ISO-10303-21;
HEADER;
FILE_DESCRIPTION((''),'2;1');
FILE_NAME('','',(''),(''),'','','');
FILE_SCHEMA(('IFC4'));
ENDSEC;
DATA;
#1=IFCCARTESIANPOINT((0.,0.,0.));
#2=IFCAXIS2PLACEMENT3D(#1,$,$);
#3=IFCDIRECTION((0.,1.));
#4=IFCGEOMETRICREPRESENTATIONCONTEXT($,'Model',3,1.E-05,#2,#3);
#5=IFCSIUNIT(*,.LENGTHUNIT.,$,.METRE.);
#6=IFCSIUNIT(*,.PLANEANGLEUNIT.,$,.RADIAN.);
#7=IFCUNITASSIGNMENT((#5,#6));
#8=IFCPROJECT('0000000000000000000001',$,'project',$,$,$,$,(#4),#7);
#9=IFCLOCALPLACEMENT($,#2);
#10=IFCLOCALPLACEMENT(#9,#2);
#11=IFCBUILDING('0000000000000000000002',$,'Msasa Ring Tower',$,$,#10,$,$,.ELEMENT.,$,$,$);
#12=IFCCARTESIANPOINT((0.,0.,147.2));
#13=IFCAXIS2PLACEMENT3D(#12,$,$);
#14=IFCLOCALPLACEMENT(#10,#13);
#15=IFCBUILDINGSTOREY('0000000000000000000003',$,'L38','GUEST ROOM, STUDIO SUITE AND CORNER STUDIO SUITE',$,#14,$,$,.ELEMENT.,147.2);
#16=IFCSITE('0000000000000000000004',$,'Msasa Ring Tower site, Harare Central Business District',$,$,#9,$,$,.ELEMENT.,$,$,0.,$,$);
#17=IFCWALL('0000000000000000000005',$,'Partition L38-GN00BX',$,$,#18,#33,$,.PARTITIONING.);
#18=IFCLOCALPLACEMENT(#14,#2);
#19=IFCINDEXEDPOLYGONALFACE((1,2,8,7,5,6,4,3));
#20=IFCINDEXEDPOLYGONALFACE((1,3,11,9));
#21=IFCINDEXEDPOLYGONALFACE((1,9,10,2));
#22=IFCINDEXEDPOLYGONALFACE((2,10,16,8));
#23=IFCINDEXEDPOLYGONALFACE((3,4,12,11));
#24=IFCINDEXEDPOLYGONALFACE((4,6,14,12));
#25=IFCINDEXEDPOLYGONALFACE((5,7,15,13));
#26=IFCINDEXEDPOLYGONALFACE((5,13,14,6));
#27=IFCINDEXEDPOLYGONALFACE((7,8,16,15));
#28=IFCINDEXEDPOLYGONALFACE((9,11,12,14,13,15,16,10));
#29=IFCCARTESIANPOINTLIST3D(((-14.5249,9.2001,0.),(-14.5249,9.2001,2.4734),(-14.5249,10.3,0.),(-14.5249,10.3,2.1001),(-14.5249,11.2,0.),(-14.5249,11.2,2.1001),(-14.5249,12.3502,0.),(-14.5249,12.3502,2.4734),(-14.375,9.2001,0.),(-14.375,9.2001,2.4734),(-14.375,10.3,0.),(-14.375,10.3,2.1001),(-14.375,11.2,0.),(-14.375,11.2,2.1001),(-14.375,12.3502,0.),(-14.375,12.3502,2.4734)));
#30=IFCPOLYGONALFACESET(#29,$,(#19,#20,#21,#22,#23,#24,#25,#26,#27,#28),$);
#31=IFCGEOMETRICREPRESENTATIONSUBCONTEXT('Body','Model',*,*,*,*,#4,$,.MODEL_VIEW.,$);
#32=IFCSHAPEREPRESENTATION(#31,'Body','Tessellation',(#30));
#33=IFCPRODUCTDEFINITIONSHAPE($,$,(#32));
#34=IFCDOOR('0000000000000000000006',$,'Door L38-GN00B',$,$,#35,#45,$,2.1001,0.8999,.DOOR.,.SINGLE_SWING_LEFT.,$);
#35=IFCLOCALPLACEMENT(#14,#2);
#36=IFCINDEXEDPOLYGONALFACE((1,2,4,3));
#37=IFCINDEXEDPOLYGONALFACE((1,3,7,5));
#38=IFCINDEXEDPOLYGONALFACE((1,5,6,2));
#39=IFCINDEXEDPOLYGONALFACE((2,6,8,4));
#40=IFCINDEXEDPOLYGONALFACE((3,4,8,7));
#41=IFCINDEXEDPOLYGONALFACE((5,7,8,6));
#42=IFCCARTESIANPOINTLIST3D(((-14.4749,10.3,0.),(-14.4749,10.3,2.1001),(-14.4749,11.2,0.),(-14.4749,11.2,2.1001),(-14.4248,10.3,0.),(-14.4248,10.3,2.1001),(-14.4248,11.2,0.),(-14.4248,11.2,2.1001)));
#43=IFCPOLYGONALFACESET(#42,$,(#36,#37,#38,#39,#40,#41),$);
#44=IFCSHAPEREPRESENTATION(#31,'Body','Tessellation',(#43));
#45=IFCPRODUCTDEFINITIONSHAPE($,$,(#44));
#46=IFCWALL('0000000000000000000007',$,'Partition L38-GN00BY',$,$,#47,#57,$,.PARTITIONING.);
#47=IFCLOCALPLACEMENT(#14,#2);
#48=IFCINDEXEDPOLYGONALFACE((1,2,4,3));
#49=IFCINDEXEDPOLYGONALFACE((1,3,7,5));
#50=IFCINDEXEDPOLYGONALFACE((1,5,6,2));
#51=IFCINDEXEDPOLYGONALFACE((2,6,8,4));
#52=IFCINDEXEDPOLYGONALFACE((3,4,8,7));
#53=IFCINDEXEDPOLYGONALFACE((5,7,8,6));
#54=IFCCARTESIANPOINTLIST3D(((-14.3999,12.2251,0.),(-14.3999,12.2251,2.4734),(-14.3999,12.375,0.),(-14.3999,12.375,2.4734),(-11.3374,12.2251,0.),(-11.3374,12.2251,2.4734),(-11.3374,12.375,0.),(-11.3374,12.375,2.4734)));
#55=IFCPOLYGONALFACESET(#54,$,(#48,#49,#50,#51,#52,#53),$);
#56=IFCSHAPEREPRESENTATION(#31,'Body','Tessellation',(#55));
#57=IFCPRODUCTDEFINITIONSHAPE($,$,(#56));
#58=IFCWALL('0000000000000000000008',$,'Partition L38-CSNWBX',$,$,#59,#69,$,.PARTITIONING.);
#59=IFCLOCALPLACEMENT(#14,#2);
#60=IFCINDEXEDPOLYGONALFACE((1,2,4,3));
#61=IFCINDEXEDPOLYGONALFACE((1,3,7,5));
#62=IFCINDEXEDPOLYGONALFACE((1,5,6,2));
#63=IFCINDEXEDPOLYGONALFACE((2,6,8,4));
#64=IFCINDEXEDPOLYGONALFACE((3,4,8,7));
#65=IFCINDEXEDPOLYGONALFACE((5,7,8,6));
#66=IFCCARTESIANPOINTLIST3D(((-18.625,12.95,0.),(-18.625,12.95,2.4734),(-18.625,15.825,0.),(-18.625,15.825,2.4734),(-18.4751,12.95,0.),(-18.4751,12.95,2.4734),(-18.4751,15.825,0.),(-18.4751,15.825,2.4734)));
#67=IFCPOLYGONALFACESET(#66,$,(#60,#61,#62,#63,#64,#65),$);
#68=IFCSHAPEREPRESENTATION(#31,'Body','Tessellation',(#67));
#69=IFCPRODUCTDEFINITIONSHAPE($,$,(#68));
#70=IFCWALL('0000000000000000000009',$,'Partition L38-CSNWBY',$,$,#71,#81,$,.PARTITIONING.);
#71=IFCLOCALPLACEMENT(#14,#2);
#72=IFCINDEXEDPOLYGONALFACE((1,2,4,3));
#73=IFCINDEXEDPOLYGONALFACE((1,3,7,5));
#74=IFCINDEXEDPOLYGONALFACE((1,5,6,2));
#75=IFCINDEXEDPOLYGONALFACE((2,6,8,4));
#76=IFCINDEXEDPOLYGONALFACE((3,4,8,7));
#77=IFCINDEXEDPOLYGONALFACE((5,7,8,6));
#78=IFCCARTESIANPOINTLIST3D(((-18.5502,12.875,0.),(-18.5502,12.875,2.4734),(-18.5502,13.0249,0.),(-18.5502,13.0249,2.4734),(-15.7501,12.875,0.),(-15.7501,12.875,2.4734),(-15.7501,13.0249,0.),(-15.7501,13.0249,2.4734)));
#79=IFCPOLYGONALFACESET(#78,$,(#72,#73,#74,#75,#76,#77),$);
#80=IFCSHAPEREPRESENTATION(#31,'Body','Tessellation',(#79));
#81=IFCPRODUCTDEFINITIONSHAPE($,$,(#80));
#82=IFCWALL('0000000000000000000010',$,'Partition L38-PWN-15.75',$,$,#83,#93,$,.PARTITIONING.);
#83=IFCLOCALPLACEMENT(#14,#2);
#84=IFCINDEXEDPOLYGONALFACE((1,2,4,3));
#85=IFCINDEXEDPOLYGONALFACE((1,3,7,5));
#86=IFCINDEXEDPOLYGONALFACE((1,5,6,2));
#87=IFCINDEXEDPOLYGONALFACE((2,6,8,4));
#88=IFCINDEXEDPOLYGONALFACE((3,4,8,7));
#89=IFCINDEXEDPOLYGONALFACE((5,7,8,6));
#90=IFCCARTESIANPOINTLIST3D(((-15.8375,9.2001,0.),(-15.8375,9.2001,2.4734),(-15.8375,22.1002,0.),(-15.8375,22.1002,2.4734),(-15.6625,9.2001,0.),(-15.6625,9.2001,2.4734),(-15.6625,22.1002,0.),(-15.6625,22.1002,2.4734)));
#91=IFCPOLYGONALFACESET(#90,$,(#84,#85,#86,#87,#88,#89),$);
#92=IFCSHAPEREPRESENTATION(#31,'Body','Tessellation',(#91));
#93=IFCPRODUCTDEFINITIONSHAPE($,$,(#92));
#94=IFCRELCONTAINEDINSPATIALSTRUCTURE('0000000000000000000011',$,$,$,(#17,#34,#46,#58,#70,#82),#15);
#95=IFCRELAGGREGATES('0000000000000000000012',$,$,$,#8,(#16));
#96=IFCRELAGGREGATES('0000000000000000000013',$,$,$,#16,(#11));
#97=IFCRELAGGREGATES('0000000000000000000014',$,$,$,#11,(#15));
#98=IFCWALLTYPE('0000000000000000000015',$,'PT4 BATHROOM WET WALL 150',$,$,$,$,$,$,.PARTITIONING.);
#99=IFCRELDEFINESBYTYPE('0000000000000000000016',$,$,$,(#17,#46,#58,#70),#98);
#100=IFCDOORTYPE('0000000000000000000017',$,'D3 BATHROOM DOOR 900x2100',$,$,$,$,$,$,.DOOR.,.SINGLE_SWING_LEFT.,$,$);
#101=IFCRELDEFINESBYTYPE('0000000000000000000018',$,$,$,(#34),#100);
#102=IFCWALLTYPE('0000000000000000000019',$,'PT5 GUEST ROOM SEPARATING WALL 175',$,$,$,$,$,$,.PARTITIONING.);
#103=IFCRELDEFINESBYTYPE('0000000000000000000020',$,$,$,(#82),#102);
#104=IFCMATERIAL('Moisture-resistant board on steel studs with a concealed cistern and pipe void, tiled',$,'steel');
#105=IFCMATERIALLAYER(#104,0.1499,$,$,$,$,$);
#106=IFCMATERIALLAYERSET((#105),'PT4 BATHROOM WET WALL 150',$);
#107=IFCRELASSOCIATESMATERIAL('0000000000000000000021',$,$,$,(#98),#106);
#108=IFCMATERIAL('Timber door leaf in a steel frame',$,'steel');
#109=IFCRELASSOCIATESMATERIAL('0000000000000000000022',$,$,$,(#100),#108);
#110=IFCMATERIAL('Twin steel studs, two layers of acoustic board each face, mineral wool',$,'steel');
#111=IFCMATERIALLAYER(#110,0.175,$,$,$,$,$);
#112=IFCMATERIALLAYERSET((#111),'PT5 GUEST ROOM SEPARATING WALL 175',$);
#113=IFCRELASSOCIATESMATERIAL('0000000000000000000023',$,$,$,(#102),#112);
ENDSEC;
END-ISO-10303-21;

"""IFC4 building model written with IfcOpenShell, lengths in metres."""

from ifc_helpers import new_model, si_unit, direction, frame, frame_2d, origin, place, context, subcontext, project, spatial, rectangle, extrude, material, layer, layer_set, type_object, element, fill, save


model = new_model("IFC4")

# Units and contexts
model_context = context("Model", 3, precision=1e-05, world=origin(), true_north=direction((0.0, 1.0)))
body_context = subcontext(model_context, "Body", "Model", "MODEL_VIEW")
ifc_project = project(units=[si_unit("LENGTHUNIT", "METRE"), si_unit("PLANEANGLEUNIT", "RADIAN")], contexts=[model_context])

# Site, building, storey
site_placement = place(None, origin())
site = spatial("IfcSite", under=ifc_project, at=site_placement, Name="Msasa Ring Tower site, Harare Central Business District", CompositionType="ELEMENT", RefElevation=0.0)
building_placement = place(site_placement, origin())
building = spatial("IfcBuilding", under=site, at=building_placement, Name="Msasa Ring Tower", CompositionType="ELEMENT")
storey_placement = place(building_placement, frame((0.0, 0.0, 147.2)))
storey = spatial("IfcBuildingStorey", under=building, at=storey_placement, Name="L38", Description="GUEST ROOM, STUDIO SUITE AND CORNER STUDIO SUITE", CompositionType="ELEMENT", Elevation=147.2)

# Wall, opening, door
ifc_material_1 = material(Name="Moisture-resistant board on steel studs with a concealed cistern and pipe void, tiled", Category="steel")
ifc_layer_1 = layer(ifc_material_1, 0.1499)
ifc_layer_set_1 = layer_set([ifc_layer_1], Name="PT4 BATHROOM WET WALL 150")
wall_type_1 = type_object("IfcWallType", Name="PT4 BATHROOM WET WALL 150", PredefinedType="PARTITIONING", material=ifc_layer_set_1)
wall_1_placement = place(storey_placement, frame((-14.45, 9.2, 0.0), z_axis=(0.0, 0.0, 1.0), x_axis=(0.0, 1.0, 0.0)))
wall_1 = element("IfcWall", 1, at=wall_1_placement, inside=storey, type_object=wall_type_1, Name="Partition L38-GN00BX", PredefinedType="PARTITIONING", context=body_context, shape_type="SweptSolid", body=[
    extrude(rectangle(XDim=3.1501, YDim=0.1499, at=frame_2d((1.5752, 0.0))), origin(), (0.0, 0.0, 1.0), 2.4734),
])
opening_1_placement = place(wall_1_placement, frame((1.1001, 0.0, 0.0)))
opening_1 = element("IfcOpeningElement", 2, at=opening_1_placement, cuts=wall_1, PredefinedType="OPENING", context=body_context, shape_type="SweptSolid", body=[
    extrude(rectangle(XDim=0.8999, YDim=2.1001, at=frame_2d((0.45, 1.05))), frame((0.0, 0.085, 0.0), z_axis=(0.0, -1.0, 0.0), x_axis=(1.0, 0.0, 0.0)), (0.0, 0.0, 1.0), 0.1699),
])
ifc_material_2 = material(Name="Timber door leaf in a steel frame", Category="steel")
door_type_1 = type_object("IfcDoorType", Name="D3 BATHROOM DOOR 900x2100", OperationType="SINGLE_SWING_LEFT", PredefinedType="DOOR", material=ifc_material_2)
door_1_placement = place(opening_1_placement, origin())
door_1 = element("IfcDoor", 3, at=door_1_placement, inside=storey, type_object=door_type_1, Name="Door L38-GN00B", OperationType="SINGLE_SWING_LEFT", OverallHeight=2.1001, OverallWidth=0.8999, PredefinedType="DOOR", context=body_context, shape_type="SweptSolid", body=[
    extrude(rectangle(XDim=0.8999, YDim=2.1001, at=frame_2d((0.45, 1.05))), frame((0.0, 0.0249, 0.0), z_axis=(0.0, -1.0, 0.0), x_axis=(1.0, 0.0, 0.0)), (0.0, 0.0, 1.0), 0.05),
])
fill(opening_1, door_1)

# Walls
wall_2_placement = place(storey_placement, frame((-14.3999, 12.3, 0.0), z_axis=(0.0, 0.0, 1.0), x_axis=(1.0, 0.0, 0.0)))
element("IfcWall", 4, at=wall_2_placement, inside=storey, type_object=wall_type_1, Name="Partition L38-GN00BY", PredefinedType="PARTITIONING", context=body_context, shape_type="SweptSolid", body=[
    extrude(rectangle(XDim=3.0625, YDim=0.1499, at=frame_2d((1.5312, 0.0))), origin(), (0.0, 0.0, 1.0), 2.4734),
])
wall_3_placement = place(storey_placement, frame((-18.55, 12.95, 0.0), z_axis=(0.0, 0.0, 1.0), x_axis=(0.0, 1.0, 0.0)))
element("IfcWall", 5, at=wall_3_placement, inside=storey, type_object=wall_type_1, Name="Partition L38-CSNWBX", PredefinedType="PARTITIONING", context=body_context, shape_type="SweptSolid", body=[
    extrude(rectangle(XDim=2.875, YDim=0.1499, at=frame_2d((1.4375, 0.0))), origin(), (0.0, 0.0, 1.0), 2.4734),
])
wall_4_placement = place(storey_placement, frame((-18.55, 12.95, 0.0), z_axis=(0.0, 0.0, 1.0), x_axis=(1.0, 0.0, 0.0)))
element("IfcWall", 6, at=wall_4_placement, inside=storey, type_object=wall_type_1, Name="Partition L38-CSNWBY", PredefinedType="PARTITIONING", context=body_context, shape_type="SweptSolid", body=[
    extrude(rectangle(XDim=2.8, YDim=0.1499, at=frame_2d((1.3999, 0.0))), origin(), (0.0, 0.0, 1.0), 2.4734),
])
ifc_material_3 = material(Name="Twin steel studs, two layers of acoustic board each face, mineral wool", Category="steel")
ifc_layer_2 = layer(ifc_material_3, 0.175)
ifc_layer_set_2 = layer_set([ifc_layer_2], Name="PT5 GUEST ROOM SEPARATING WALL 175")
wall_type_2 = type_object("IfcWallType", Name="PT5 GUEST ROOM SEPARATING WALL 175", PredefinedType="PARTITIONING", material=ifc_layer_set_2)
wall_5_placement = place(storey_placement, frame((-15.75, 9.2, 0.0), z_axis=(0.0, 0.0, 1.0), x_axis=(0.0, 1.0, 0.0)))
element("IfcWall", 7, at=wall_5_placement, inside=storey, type_object=wall_type_2, Name="Partition L38-PWN-15.75", PredefinedType="PARTITIONING", context=body_context, shape_type="SweptSolid", body=[
    extrude(rectangle(XDim=12.9001, YDim=0.175, at=frame_2d((6.4502, 0.0))), origin(), (0.0, 0.0, 1.0), 2.4734),
])

save(model, "model.ifc")
